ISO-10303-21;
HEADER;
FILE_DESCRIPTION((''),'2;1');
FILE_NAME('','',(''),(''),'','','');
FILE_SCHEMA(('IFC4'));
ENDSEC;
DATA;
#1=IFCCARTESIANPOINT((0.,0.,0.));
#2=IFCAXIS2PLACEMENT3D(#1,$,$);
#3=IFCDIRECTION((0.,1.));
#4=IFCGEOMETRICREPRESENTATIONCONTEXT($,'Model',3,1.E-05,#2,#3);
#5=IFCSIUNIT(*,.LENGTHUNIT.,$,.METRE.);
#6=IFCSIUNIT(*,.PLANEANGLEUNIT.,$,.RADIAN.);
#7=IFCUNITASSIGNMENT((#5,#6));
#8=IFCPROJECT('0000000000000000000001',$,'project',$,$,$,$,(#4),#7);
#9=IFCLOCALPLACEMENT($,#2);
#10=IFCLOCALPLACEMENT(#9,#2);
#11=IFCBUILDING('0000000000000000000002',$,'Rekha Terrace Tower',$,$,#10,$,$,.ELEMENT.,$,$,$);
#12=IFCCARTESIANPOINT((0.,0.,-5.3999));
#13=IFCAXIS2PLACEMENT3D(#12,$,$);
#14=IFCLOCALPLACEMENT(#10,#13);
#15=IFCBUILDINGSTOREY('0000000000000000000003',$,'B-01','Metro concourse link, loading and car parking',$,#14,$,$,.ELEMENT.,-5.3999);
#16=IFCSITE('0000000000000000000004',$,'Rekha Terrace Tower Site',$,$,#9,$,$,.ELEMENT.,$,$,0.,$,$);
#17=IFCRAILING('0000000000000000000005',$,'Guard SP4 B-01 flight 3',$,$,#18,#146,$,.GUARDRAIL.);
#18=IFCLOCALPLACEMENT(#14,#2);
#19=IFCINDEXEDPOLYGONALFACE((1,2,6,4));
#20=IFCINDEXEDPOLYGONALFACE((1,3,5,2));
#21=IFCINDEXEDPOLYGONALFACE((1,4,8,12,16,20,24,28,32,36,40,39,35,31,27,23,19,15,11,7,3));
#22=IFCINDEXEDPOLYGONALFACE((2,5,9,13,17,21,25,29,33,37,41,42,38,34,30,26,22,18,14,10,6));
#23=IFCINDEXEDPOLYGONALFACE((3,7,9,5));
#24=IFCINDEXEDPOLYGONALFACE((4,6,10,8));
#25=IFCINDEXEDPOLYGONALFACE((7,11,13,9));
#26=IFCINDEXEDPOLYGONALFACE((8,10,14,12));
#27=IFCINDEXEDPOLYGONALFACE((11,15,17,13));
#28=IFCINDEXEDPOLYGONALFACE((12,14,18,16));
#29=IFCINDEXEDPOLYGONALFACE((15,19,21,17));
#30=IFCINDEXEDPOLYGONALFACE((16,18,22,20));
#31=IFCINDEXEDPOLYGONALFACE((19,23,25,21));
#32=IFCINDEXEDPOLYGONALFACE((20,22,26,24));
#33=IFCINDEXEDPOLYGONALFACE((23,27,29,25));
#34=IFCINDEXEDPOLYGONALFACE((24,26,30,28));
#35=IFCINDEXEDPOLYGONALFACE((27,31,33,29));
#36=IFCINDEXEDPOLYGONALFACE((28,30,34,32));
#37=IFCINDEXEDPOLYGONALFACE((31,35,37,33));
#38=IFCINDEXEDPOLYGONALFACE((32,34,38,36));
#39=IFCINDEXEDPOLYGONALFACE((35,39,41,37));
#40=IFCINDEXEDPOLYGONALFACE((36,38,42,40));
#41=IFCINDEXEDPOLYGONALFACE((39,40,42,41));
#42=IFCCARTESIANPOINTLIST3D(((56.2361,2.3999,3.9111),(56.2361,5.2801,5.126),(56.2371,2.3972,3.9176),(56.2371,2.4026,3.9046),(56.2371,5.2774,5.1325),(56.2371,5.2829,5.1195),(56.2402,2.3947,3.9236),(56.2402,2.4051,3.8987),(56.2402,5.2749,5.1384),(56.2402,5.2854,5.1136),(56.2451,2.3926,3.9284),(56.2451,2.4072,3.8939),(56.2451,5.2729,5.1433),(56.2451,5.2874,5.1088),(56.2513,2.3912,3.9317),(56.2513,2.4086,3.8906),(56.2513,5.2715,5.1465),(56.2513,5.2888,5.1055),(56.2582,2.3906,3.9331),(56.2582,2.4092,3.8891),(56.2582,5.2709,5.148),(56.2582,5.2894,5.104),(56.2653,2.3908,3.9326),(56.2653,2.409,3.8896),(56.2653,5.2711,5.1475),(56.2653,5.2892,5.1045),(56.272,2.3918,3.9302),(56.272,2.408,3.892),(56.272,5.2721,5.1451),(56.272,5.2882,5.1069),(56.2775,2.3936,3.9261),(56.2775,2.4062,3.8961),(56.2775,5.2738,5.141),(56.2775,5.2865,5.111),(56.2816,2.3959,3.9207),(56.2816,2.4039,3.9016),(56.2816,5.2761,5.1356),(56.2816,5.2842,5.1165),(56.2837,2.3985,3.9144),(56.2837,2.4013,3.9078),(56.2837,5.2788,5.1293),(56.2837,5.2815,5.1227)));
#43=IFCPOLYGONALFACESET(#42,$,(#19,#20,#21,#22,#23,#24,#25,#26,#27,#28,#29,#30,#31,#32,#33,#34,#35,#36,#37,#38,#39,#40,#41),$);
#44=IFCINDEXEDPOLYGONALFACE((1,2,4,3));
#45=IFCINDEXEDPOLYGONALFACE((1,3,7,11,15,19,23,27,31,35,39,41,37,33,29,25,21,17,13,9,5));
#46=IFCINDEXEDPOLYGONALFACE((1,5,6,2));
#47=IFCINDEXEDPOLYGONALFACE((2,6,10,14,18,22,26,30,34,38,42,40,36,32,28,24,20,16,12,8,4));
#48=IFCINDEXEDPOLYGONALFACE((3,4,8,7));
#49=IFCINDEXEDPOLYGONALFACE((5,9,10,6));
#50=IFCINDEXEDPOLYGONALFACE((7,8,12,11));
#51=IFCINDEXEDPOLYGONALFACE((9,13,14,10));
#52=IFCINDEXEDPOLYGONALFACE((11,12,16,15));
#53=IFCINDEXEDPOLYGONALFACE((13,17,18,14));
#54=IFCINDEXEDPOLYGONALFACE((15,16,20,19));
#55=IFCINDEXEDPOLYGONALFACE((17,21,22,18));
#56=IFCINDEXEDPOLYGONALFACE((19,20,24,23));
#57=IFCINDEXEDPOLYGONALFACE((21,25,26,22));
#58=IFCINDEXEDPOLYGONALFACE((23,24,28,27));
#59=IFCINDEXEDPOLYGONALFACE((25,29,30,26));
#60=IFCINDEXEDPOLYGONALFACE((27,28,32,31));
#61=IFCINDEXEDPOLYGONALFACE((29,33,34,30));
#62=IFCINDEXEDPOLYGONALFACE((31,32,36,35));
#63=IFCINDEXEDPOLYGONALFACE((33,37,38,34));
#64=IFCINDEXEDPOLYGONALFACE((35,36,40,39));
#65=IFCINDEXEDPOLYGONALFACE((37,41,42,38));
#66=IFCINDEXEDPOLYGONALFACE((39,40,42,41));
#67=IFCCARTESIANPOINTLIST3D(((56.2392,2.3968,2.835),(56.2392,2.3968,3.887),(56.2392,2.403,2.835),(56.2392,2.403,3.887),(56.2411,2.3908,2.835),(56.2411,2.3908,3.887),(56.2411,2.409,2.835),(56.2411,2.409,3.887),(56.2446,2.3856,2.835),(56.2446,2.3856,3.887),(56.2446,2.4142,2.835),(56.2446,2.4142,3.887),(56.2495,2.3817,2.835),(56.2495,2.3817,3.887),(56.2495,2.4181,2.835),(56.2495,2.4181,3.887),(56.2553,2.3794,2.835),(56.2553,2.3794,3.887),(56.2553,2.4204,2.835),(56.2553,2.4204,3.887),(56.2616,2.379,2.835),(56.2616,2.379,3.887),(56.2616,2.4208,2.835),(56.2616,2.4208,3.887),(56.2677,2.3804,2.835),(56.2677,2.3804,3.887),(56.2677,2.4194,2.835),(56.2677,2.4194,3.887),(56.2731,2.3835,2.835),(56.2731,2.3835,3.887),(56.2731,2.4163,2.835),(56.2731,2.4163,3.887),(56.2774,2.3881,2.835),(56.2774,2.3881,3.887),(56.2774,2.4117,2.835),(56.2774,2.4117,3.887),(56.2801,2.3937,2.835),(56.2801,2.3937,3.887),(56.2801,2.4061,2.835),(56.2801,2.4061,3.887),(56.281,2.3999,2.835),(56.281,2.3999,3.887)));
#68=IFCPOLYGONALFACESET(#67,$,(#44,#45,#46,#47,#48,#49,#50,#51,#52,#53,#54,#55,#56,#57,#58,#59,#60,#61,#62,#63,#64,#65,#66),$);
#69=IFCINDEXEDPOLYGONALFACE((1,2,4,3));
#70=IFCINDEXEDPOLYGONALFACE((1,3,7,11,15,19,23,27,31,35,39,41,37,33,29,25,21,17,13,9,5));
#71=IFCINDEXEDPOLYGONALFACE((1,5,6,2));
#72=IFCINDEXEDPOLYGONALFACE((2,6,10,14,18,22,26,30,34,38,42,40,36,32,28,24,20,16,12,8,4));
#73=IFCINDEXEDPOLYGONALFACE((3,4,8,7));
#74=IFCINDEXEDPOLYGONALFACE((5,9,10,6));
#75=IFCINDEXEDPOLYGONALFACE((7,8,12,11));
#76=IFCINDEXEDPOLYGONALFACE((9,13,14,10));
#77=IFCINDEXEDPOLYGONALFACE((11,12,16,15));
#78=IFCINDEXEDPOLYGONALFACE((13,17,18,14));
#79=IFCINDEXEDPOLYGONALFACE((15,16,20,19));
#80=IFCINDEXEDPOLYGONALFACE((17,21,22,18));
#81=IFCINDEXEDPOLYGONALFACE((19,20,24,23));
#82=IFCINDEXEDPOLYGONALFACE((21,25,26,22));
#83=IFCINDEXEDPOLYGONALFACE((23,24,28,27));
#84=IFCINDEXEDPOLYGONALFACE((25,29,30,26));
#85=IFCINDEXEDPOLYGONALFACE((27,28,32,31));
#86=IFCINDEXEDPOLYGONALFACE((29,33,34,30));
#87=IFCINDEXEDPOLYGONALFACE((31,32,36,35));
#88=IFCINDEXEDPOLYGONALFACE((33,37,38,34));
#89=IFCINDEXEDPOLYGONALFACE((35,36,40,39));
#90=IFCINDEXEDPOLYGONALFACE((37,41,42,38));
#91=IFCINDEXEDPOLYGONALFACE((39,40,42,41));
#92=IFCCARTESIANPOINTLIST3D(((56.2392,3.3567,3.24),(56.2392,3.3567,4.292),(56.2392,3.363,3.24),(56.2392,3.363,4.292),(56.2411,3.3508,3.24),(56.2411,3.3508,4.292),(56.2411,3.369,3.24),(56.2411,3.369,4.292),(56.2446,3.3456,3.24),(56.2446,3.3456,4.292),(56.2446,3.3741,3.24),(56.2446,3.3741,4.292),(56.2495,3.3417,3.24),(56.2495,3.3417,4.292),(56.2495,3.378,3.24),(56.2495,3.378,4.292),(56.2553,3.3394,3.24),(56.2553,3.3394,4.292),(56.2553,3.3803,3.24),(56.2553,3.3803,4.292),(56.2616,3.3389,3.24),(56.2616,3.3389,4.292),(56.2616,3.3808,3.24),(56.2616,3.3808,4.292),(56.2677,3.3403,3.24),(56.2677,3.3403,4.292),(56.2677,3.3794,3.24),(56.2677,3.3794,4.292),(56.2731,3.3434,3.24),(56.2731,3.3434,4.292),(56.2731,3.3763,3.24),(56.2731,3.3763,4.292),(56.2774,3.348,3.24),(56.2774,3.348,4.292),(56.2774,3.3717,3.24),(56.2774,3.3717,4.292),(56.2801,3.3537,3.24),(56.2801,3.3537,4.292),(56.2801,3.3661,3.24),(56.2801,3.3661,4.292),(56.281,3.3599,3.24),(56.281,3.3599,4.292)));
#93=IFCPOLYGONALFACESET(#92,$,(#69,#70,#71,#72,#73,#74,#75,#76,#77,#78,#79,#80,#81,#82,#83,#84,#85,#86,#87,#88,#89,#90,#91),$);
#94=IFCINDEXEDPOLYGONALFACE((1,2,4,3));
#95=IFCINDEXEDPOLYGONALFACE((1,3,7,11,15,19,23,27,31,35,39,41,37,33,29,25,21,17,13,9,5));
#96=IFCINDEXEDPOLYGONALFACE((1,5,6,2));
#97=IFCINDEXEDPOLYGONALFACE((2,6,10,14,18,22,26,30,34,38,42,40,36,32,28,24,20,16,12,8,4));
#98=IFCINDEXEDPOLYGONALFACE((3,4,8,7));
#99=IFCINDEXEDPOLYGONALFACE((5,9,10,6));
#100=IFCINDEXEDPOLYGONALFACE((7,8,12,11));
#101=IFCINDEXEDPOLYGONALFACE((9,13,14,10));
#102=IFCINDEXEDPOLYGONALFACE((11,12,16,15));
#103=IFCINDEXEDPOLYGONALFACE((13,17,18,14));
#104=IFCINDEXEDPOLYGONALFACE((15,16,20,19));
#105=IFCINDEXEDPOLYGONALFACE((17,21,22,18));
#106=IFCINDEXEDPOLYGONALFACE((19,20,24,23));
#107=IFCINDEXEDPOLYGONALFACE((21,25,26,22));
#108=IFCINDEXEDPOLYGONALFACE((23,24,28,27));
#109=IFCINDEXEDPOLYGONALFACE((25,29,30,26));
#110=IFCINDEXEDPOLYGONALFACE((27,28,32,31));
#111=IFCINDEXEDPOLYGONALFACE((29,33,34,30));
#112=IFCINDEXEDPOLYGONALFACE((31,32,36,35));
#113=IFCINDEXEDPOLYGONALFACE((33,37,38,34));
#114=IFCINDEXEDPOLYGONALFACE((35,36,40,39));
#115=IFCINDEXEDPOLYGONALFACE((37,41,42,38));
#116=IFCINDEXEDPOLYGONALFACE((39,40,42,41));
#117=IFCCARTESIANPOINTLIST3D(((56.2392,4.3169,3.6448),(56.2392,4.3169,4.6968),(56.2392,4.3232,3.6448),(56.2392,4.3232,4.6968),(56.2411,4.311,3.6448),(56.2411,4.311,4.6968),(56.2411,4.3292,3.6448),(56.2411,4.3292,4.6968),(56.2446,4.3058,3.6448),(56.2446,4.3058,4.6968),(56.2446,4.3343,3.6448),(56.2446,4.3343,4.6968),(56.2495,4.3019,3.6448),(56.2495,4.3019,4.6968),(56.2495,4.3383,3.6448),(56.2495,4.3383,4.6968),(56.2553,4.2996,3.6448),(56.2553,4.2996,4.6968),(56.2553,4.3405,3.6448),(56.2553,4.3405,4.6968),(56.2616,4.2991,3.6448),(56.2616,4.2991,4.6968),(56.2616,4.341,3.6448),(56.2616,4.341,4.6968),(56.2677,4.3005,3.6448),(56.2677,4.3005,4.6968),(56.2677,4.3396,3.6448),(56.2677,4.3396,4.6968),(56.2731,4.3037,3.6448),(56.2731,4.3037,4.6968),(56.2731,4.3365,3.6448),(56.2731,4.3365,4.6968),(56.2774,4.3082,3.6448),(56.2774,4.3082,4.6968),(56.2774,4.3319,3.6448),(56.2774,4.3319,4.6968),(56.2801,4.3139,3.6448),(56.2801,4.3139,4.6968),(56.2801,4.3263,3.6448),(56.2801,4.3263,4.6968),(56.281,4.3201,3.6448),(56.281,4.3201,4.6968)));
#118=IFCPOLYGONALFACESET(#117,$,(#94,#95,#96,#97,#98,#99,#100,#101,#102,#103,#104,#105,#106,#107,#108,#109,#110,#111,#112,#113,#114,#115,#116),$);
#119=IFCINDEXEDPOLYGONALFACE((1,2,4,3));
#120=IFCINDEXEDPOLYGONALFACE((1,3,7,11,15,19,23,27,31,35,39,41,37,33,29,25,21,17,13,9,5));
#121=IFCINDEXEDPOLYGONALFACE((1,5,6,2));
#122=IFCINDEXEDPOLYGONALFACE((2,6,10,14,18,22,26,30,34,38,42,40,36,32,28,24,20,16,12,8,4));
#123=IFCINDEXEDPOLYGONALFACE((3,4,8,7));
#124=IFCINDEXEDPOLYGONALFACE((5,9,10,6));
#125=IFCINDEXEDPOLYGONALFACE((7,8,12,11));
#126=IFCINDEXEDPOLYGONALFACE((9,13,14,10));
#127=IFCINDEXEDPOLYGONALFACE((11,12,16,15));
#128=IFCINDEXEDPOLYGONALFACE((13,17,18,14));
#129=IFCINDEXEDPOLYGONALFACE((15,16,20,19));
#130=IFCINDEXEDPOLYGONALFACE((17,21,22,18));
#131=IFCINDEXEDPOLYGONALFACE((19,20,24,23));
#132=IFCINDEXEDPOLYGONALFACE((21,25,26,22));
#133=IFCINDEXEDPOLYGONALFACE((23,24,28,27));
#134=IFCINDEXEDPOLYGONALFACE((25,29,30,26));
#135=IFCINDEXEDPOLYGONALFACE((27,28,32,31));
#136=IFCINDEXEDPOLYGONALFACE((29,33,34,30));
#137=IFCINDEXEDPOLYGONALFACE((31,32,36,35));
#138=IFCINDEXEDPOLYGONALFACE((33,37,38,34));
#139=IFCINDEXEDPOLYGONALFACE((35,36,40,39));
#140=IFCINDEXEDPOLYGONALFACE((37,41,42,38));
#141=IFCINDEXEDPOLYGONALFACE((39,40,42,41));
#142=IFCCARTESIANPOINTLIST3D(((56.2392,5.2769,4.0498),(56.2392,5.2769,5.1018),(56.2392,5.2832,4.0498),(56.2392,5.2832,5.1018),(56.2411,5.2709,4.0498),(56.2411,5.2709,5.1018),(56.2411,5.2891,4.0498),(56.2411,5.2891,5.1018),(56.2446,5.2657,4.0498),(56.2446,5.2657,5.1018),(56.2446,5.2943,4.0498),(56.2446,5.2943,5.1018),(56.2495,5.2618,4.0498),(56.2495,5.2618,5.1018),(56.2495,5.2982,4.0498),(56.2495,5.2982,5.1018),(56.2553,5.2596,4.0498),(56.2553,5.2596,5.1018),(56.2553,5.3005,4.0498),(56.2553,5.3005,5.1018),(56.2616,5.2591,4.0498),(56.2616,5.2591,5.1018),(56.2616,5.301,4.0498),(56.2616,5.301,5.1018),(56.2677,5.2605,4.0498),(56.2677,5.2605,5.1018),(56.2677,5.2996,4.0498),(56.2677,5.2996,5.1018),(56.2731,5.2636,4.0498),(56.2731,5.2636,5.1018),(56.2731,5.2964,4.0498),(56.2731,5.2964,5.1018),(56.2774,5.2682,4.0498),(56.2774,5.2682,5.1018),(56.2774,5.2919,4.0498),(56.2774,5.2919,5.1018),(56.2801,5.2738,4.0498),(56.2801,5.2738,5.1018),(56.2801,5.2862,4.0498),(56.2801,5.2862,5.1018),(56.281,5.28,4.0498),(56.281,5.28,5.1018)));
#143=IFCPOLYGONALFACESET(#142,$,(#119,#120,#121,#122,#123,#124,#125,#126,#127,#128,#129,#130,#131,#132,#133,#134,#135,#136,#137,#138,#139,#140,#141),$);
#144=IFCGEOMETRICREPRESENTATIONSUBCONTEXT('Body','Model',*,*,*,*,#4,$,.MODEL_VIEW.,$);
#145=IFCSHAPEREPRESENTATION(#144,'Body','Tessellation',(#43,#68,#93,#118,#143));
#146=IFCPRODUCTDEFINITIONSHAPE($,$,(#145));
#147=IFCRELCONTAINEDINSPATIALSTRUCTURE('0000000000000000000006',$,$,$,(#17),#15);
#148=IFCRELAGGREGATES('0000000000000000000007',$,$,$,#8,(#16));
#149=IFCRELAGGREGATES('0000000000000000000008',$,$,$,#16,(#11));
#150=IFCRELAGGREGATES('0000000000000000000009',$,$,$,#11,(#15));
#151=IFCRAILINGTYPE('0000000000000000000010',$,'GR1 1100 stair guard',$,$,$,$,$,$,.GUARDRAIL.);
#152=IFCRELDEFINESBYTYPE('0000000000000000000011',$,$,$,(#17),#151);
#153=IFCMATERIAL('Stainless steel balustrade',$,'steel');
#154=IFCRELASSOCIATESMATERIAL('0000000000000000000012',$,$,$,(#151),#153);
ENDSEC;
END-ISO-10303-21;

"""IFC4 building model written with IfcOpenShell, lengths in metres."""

from ifc_helpers import new_model, si_unit, direction, frame, origin, origin_2d, place, context, subcontext, project, spatial, circle, extrude, material, type_object, element, save


model = new_model("IFC4")

# Units and contexts
model_context = context("Model", 3, precision=1e-05, world=origin(), true_north=direction((0.0, 1.0)))
body_context = subcontext(model_context, "Body", "Model", "MODEL_VIEW")
ifc_project = project(units=[si_unit("LENGTHUNIT", "METRE"), si_unit("PLANEANGLEUNIT", "RADIAN")], contexts=[model_context])

# Site, building, storey
site_placement = place(None, origin())
site = spatial("IfcSite", under=ifc_project, at=site_placement, Name="Rekha Terrace Tower Site", CompositionType="ELEMENT", RefElevation=0.0)
building_placement = place(site_placement, origin())
building = spatial("IfcBuilding", under=site, at=building_placement, Name="Rekha Terrace Tower", CompositionType="ELEMENT")
storey_placement = place(building_placement, frame((0.0, 0.0, -5.3999)))
storey = spatial("IfcBuildingStorey", under=building, at=storey_placement, Name="B-01", Description="Metro concourse link, loading and car parking", CompositionType="ELEMENT", Elevation=-5.3999)

# Railing
ifc_material_1 = material(Name="Stainless steel balustrade", Category="steel")
railing_type_1 = type_object("IfcRailingType", Name="GR1 1100 stair guard", PredefinedType="GUARDRAIL", material=ifc_material_1)
railing_1_placement = place(storey_placement, frame((56.26, 2.3999, 2.835)))
element("IfcRailing", 1, at=railing_1_placement, inside=storey, type_object=railing_type_1, Name="Guard SP4 B-01 flight 3", PredefinedType="GUARDRAIL", context=body_context, shape_type="SweptSolid", body=[
    extrude(circle(Radius=0.0239, at=origin_2d()), frame((0.0, 0.0, 1.0762), z_axis=(0.0, 0.921388, 0.388644), x_axis=(-1.0, 0.0, 0.0)), (0.0, 0.0, 1.0), 3.126),
    extrude(circle(Radius=0.021, at=origin_2d()), origin(), (0.0, 0.0, 1.0), 1.052),
    extrude(circle(Radius=0.021, at=origin_2d()), frame((0.0, 0.96, 0.405)), (0.0, 0.0, 1.0), 1.052),
    extrude(circle(Radius=0.021, at=origin_2d()), frame((0.0, 1.9202, 0.8098)), (0.0, 0.0, 1.0), 1.052),
    extrude(circle(Radius=0.021, at=origin_2d()), frame((0.0, 2.8801, 1.2148)), (0.0, 0.0, 1.0), 1.052),
])

save(model, "model.ifc")
